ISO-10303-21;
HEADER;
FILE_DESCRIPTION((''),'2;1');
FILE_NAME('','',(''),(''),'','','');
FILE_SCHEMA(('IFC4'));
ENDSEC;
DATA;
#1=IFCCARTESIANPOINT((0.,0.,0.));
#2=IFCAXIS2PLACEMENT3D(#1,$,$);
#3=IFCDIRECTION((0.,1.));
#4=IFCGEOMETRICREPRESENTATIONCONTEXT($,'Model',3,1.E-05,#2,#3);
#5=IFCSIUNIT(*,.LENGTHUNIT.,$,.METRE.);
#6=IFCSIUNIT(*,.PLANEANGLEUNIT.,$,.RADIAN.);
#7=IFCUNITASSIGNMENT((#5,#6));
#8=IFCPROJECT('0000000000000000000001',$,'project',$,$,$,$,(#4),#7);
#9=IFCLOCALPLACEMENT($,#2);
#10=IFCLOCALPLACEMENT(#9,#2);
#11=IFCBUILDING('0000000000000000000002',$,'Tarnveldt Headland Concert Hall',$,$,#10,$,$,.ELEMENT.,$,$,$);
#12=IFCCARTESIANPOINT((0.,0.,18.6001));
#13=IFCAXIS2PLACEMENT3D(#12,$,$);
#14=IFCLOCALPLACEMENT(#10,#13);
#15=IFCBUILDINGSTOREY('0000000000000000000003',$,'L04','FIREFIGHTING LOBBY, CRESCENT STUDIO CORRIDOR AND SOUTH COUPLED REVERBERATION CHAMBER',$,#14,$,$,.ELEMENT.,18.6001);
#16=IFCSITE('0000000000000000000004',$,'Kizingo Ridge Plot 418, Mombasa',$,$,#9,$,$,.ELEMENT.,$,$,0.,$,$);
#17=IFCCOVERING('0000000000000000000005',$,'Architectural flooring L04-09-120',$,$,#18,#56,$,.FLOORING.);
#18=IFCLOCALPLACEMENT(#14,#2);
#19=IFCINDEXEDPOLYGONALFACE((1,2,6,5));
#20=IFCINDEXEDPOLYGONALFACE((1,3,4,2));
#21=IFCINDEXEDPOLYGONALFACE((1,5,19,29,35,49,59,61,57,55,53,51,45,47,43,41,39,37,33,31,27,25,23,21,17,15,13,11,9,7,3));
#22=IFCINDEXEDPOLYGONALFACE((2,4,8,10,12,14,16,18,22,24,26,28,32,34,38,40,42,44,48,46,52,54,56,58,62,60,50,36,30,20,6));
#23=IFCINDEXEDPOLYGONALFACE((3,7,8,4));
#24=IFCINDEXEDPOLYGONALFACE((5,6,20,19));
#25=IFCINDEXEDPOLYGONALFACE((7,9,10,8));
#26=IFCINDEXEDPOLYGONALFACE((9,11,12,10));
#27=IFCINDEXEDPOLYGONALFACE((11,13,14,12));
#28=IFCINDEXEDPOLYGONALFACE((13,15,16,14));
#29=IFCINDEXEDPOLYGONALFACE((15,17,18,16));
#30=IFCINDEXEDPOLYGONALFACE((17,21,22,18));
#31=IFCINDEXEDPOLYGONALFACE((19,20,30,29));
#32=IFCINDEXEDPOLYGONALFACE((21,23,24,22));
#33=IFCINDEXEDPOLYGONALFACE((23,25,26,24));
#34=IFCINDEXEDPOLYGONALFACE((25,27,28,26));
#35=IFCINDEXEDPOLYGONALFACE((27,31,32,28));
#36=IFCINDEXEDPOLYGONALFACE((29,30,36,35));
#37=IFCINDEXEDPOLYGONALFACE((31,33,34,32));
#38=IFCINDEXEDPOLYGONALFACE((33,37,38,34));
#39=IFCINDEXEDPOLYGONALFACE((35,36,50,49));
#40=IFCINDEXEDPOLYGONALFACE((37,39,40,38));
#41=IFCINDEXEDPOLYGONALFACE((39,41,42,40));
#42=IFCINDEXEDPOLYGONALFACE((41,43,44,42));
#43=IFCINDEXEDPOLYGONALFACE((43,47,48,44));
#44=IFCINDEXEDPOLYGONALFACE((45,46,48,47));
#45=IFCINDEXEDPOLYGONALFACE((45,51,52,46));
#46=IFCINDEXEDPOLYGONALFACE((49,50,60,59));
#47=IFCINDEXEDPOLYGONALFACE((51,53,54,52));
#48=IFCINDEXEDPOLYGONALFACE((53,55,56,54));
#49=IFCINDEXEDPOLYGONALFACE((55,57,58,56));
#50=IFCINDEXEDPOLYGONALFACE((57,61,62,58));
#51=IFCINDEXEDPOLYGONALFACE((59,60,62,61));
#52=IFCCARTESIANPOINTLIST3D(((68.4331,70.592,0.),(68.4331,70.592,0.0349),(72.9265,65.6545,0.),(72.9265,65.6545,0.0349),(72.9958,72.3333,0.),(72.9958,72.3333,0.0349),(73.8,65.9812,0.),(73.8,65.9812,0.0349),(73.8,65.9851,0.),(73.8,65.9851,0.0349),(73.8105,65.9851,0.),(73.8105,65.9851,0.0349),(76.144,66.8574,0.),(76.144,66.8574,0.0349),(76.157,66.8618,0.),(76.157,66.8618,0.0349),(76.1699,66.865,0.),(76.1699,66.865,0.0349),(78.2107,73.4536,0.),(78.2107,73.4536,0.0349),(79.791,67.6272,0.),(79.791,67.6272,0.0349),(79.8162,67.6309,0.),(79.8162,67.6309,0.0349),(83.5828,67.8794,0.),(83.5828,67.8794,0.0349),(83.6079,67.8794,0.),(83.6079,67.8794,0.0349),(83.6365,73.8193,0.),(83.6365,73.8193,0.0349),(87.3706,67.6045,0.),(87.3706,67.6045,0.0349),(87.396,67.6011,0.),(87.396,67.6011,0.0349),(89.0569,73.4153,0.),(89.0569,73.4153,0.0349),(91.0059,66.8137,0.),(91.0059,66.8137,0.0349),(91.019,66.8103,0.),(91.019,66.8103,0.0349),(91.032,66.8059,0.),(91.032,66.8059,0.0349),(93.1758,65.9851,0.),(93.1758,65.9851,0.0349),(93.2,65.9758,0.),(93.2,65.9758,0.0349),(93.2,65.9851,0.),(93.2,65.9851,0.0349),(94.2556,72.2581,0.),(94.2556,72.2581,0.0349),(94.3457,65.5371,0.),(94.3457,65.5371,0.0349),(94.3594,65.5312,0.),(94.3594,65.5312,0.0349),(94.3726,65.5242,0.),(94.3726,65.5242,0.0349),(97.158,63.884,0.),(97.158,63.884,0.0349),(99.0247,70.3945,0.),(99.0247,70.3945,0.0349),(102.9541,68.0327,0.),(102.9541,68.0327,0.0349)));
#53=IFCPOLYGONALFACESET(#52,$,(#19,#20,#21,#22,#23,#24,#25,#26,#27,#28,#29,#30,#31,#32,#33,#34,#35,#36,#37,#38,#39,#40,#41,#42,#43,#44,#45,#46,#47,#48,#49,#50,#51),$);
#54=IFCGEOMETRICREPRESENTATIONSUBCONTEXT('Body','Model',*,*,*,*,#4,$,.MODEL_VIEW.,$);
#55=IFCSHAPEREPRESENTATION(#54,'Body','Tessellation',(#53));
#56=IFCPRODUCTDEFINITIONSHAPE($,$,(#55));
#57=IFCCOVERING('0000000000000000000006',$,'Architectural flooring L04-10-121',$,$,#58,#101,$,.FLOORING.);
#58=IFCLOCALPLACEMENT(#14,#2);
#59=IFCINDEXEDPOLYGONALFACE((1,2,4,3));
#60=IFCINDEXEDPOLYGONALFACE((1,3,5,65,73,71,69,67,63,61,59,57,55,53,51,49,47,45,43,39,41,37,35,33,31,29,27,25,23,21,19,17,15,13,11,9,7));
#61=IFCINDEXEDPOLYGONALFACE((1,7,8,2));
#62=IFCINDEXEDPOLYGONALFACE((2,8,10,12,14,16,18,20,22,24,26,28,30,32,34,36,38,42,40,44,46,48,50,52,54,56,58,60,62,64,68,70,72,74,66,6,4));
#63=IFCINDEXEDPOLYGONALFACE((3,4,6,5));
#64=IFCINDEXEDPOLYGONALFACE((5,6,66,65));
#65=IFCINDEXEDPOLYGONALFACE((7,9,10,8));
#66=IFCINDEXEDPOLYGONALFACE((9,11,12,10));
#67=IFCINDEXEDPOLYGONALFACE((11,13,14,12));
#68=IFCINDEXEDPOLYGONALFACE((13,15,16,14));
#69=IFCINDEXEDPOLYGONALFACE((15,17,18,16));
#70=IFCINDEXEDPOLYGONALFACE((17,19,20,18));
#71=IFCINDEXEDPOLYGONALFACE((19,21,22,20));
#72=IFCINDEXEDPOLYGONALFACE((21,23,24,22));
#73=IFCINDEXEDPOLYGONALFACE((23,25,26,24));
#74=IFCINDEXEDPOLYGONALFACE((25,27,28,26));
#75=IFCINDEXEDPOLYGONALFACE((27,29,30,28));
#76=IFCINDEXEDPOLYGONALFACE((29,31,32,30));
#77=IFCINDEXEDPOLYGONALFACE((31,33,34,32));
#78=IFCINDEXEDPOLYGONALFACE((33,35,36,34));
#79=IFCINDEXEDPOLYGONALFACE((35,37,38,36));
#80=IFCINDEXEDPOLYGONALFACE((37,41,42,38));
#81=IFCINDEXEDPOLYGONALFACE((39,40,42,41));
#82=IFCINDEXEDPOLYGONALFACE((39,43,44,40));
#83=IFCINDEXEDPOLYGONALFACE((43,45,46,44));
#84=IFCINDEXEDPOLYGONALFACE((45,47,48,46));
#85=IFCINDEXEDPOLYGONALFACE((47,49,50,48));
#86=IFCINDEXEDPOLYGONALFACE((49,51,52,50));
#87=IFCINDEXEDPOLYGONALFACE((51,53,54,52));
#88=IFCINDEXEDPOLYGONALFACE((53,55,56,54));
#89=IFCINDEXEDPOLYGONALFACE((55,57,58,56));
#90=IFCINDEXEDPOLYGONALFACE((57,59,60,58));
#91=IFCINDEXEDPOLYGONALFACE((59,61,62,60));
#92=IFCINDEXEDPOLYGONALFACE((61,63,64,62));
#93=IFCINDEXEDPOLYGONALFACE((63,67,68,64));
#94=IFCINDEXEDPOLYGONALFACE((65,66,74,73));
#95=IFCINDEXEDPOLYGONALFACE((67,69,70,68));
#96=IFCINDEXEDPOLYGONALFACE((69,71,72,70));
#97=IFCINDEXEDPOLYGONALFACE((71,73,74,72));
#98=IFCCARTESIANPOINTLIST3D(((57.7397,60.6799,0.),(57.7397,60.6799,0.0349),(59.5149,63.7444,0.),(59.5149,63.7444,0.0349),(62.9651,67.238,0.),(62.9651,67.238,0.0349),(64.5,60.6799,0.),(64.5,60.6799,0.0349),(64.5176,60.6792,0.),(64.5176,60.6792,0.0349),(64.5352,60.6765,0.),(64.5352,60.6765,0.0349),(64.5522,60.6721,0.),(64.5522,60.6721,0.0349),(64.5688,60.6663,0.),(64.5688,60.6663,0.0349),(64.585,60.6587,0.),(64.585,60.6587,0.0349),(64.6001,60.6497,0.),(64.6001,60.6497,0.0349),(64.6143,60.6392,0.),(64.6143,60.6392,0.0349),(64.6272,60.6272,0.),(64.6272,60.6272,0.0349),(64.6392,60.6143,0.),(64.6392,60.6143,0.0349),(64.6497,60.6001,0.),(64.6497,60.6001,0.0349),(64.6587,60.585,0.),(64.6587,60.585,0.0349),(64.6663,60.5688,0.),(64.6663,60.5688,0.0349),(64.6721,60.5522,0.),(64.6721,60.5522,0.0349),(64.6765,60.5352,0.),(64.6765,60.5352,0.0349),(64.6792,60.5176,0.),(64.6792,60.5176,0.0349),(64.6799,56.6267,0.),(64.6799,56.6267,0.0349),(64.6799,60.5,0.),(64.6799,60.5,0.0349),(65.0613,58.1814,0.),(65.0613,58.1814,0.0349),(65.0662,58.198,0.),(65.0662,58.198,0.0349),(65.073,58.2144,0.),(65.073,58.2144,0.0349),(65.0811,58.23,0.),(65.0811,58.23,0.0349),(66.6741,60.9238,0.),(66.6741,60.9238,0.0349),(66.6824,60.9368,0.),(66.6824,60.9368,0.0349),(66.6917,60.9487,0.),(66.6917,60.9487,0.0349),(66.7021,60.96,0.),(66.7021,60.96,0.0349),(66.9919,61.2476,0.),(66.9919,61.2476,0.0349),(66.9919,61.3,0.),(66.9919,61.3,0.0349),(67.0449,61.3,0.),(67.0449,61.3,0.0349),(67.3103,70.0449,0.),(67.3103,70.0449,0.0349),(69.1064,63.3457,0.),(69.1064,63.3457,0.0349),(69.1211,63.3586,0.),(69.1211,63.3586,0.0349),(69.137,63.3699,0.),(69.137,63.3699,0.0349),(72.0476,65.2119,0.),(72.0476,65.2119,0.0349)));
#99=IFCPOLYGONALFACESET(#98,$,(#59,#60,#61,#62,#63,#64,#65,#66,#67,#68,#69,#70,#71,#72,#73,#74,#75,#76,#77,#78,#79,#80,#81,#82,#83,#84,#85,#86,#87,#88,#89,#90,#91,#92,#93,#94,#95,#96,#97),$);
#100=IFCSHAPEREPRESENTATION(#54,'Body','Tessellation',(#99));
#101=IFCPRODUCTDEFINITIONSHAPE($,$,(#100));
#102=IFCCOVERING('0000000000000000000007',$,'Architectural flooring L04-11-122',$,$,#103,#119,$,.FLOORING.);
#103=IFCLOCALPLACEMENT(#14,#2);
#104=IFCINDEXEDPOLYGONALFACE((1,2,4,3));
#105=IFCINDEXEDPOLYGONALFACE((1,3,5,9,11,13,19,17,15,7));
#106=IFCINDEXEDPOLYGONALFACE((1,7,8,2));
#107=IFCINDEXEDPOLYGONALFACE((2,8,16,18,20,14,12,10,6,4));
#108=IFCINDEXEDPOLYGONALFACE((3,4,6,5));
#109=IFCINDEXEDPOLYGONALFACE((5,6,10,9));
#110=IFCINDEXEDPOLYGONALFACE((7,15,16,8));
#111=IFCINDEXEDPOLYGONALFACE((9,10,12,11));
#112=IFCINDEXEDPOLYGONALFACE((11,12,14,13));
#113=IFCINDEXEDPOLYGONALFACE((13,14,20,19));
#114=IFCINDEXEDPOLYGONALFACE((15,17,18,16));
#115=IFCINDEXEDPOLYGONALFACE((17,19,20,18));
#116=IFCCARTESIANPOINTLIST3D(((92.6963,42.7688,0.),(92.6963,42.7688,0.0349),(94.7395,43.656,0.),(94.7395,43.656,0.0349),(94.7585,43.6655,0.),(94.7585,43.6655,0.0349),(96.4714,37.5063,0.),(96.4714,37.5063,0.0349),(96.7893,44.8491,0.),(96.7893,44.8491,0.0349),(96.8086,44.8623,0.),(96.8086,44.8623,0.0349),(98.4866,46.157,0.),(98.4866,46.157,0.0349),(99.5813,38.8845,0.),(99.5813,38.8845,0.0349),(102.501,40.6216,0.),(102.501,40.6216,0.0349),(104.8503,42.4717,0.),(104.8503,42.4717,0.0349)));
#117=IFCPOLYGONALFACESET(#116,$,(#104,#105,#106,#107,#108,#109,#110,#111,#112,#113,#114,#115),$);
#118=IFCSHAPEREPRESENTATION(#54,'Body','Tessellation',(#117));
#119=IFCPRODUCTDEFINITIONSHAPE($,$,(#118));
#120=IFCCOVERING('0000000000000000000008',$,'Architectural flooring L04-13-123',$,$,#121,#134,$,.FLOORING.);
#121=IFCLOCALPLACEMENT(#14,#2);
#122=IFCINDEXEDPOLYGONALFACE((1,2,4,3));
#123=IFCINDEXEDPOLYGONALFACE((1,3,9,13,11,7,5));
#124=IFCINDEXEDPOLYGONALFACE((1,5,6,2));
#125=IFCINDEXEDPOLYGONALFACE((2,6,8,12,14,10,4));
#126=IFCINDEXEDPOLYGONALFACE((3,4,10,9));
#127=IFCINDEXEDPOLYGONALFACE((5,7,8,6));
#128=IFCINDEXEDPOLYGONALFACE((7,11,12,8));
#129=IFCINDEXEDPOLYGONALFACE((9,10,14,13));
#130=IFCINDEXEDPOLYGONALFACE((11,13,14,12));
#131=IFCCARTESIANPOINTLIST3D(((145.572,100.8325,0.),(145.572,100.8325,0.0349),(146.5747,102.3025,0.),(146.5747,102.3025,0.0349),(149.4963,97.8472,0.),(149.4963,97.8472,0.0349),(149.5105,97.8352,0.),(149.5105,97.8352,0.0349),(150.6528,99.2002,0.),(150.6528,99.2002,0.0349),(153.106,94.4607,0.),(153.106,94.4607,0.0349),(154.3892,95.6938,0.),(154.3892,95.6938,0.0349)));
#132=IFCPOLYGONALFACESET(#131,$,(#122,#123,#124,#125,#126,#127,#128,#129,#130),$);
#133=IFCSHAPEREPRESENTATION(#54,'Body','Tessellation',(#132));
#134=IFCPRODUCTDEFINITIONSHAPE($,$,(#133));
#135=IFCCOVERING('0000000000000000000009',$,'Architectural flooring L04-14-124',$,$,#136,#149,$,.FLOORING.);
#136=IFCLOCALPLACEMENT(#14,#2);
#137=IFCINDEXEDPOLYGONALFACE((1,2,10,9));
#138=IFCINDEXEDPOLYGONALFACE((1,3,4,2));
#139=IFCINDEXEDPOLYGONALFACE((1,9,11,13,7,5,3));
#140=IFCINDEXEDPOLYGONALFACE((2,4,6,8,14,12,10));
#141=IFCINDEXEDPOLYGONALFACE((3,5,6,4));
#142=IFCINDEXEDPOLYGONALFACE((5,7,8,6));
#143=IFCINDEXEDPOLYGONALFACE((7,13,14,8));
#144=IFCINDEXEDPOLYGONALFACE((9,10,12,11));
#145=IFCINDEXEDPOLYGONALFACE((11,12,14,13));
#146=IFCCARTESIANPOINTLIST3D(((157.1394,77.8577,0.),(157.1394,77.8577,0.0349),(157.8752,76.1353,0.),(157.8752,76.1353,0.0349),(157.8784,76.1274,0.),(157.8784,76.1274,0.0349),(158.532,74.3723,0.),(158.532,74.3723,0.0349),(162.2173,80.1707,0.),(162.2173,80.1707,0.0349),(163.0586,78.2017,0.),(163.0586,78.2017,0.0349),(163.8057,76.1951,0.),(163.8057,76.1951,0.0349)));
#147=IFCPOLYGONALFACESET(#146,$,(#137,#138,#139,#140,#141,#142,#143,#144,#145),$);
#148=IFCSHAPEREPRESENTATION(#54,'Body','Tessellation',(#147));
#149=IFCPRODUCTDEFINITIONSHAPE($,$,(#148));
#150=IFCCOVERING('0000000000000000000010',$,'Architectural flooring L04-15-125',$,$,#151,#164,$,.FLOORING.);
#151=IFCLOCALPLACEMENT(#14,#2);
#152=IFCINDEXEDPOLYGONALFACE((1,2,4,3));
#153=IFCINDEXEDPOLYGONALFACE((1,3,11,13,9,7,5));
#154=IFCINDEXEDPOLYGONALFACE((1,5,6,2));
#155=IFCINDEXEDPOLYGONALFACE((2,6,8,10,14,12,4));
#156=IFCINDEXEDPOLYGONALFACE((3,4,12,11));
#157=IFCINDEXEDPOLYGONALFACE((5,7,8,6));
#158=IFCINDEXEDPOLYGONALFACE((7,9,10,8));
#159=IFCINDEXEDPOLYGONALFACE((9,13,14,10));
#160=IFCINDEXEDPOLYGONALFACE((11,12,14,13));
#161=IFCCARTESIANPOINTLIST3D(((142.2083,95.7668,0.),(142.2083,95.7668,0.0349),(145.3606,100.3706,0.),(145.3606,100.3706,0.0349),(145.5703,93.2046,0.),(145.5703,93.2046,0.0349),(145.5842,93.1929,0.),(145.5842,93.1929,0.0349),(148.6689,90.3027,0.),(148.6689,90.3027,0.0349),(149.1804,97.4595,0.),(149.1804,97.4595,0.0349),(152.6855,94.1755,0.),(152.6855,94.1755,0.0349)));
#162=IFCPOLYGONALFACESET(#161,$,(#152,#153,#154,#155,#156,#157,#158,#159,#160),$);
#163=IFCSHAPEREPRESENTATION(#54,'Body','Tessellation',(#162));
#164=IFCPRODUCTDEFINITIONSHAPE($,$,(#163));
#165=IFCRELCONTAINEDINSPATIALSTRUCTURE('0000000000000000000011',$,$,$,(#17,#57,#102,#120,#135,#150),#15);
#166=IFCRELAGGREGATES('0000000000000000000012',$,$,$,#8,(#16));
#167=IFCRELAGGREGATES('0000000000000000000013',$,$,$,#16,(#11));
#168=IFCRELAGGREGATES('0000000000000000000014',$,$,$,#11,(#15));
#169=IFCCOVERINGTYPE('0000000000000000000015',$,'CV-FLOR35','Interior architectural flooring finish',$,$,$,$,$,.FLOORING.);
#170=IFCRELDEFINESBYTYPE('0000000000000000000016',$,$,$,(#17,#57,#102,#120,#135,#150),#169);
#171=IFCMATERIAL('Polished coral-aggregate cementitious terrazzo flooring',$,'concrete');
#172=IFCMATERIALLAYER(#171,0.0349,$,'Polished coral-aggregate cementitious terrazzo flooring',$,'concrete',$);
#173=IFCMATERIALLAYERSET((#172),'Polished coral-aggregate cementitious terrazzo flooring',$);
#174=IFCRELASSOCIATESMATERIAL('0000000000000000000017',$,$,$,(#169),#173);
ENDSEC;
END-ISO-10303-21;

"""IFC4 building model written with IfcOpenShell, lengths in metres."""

from ifc_helpers import new_model, si_unit, direction, frame, origin, place, context, subcontext, project, spatial, polyline, outline, extrude, material, layer, layer_set, type_object, element, save


model = new_model("IFC4")

# Units and contexts
model_context = context("Model", 3, precision=1e-05, world=origin(), true_north=direction((0.0, 1.0)))
body_context = subcontext(model_context, "Body", "Model", "MODEL_VIEW")
ifc_project = project(units=[si_unit("LENGTHUNIT", "METRE"), si_unit("PLANEANGLEUNIT", "RADIAN")], contexts=[model_context])

# Site, building, storey
site_placement = place(None, origin())
site = spatial("IfcSite", under=ifc_project, at=site_placement, Name="Kizingo Ridge Plot 418, Mombasa", CompositionType="ELEMENT", RefElevation=0.0)
building_placement = place(site_placement, origin())
building = spatial("IfcBuilding", under=site, at=building_placement, Name="Tarnveldt Headland Concert Hall", CompositionType="ELEMENT")
storey_placement = place(building_placement, frame((0.0, 0.0, 18.6001)))
storey = spatial("IfcBuildingStorey", under=building, at=storey_placement, Name="L04", Description="FIREFIGHTING LOBBY, CRESCENT STUDIO CORRIDOR AND SOUTH COUPLED REVERBERATION CHAMBER", CompositionType="ELEMENT", Elevation=18.6001)

# Coverings
ifc_material_1 = material(Name="Polished coral-aggregate cementitious terrazzo flooring", Category="concrete")
ifc_layer_1 = layer(ifc_material_1, 0.0349, Name="Polished coral-aggregate cementitious terrazzo flooring", Category="concrete")
ifc_layer_set_1 = layer_set([ifc_layer_1], Name="Polished coral-aggregate cementitious terrazzo flooring")
covering_type_1 = type_object("IfcCoveringType", Name="CV-FLOR35", Description="Interior architectural flooring finish", PredefinedType="FLOORING", material=ifc_layer_set_1)
covering_1_placement = place(storey_placement, origin())
element("IfcCovering", 1, at=covering_1_placement, inside=storey, type_object=covering_type_1, Name="Architectural flooring L04-09-120", PredefinedType="FLOORING", context=body_context, shape_type="SweptSolid", body=[
    extrude(outline(polyline([(94.3594, 65.5312), (94.3457, 65.5371), (93.2, 65.9758), (93.2, 65.9851), (93.1758, 65.9851), (91.032, 66.8059), (91.019, 66.8103), (91.0059, 66.8137), (87.396, 67.6011), (87.3706, 67.6045), (83.6079, 67.8794), (83.5828, 67.8794), (79.8162, 67.6309), (79.791, 67.6272), (76.1699, 66.865), (76.157, 66.8618), (76.144, 66.8574), (73.8105, 65.9851), (73.8, 65.9851), (73.8, 65.9812), (72.9265, 65.6545), (68.4331, 70.592), (72.9958, 72.3333), (78.2107, 73.4536), (83.6365, 73.8193), (89.0569, 73.4153), (94.2556, 72.2581), (99.0247, 70.3945), (102.9541, 68.0327), (97.158, 63.884), (94.3726, 65.5242), (94.3594, 65.5312)])), origin(), (0.0, 0.0, 1.0), 0.0349),
])
covering_2_placement = place(storey_placement, origin())
element("IfcCovering", 2, at=covering_2_placement, inside=storey, type_object=covering_type_1, Name="Architectural flooring L04-10-121", PredefinedType="FLOORING", context=body_context, shape_type="SweptSolid", body=[
    extrude(outline(polyline([(67.3103, 70.0449), (72.0476, 65.2119), (69.137, 63.3699), (69.1211, 63.3586), (69.1064, 63.3457), (67.0449, 61.3), (66.9919, 61.3), (66.9919, 61.2476), (66.7021, 60.96), (66.6917, 60.9487), (66.6824, 60.9368), (66.6741, 60.9238), (65.0811, 58.23), (65.073, 58.2144), (65.0662, 58.198), (65.0613, 58.1814), (64.6799, 56.6267), (64.6799, 60.5), (64.6792, 60.5176), (64.6765, 60.5352), (64.6721, 60.5522), (64.6663, 60.5688), (64.6587, 60.585), (64.6497, 60.6001), (64.6392, 60.6143), (64.6272, 60.6272), (64.6143, 60.6392), (64.6001, 60.6497), (64.585, 60.6587), (64.5688, 60.6663), (64.5522, 60.6721), (64.5352, 60.6765), (64.5176, 60.6792), (64.5, 60.6799), (57.7397, 60.6799), (59.5149, 63.7444), (62.9651, 67.238), (67.3103, 70.0449)])), origin(), (0.0, 0.0, 1.0), 0.0349),
])
covering_3_placement = place(storey_placement, origin())
element("IfcCovering", 3, at=covering_3_placement, inside=storey, type_object=covering_type_1, Name="Architectural flooring L04-11-122", PredefinedType="FLOORING", context=body_context, shape_type="SweptSolid", body=[
    extrude(outline(polyline([(92.6963, 42.7688), (94.7395, 43.656), (94.7585, 43.6655), (96.7893, 44.8491), (96.8086, 44.8623), (98.4866, 46.157), (104.8503, 42.4717), (102.501, 40.6216), (99.5813, 38.8845), (96.4714, 37.5063), (92.6963, 42.7688)])), origin(), (0.0, 0.0, 1.0), 0.0349),
])
covering_4_placement = place(storey_placement, origin())
element("IfcCovering", 4, at=covering_4_placement, inside=storey, type_object=covering_type_1, Name="Architectural flooring L04-13-123", PredefinedType="FLOORING", context=body_context, shape_type="SweptSolid", body=[
    extrude(outline(polyline([(153.106, 94.4607), (149.5105, 97.8352), (149.4963, 97.8472), (145.572, 100.8325), (146.5747, 102.3025), (150.6528, 99.2002), (154.3892, 95.6938), (153.106, 94.4607)])), origin(), (0.0, 0.0, 1.0), 0.0349),
])
covering_5_placement = place(storey_placement, origin())
element("IfcCovering", 5, at=covering_5_placement, inside=storey, type_object=covering_type_1, Name="Architectural flooring L04-14-124", PredefinedType="FLOORING", context=body_context, shape_type="SweptSolid", body=[
    extrude(outline(polyline([(158.532, 74.3723), (157.8784, 76.1274), (157.8752, 76.1353), (157.1394, 77.8577), (162.2173, 80.1707), (163.0586, 78.2017), (163.8057, 76.1951), (158.532, 74.3723)])), origin(), (0.0, 0.0, 1.0), 0.0349),
])
covering_6_placement = place(storey_placement, origin())
element("IfcCovering", 6, at=covering_6_placement, inside=storey, type_object=covering_type_1, Name="Architectural flooring L04-15-125", PredefinedType="FLOORING", context=body_context, shape_type="SweptSolid", body=[
    extrude(outline(polyline([(148.6689, 90.3027), (145.5842, 93.1929), (145.5703, 93.2046), (142.2083, 95.7668), (145.3606, 100.3706), (149.1804, 97.4595), (152.6855, 94.1755), (148.6689, 90.3027)])), origin(), (0.0, 0.0, 1.0), 0.0349),
])

save(model, "model.ifc")
